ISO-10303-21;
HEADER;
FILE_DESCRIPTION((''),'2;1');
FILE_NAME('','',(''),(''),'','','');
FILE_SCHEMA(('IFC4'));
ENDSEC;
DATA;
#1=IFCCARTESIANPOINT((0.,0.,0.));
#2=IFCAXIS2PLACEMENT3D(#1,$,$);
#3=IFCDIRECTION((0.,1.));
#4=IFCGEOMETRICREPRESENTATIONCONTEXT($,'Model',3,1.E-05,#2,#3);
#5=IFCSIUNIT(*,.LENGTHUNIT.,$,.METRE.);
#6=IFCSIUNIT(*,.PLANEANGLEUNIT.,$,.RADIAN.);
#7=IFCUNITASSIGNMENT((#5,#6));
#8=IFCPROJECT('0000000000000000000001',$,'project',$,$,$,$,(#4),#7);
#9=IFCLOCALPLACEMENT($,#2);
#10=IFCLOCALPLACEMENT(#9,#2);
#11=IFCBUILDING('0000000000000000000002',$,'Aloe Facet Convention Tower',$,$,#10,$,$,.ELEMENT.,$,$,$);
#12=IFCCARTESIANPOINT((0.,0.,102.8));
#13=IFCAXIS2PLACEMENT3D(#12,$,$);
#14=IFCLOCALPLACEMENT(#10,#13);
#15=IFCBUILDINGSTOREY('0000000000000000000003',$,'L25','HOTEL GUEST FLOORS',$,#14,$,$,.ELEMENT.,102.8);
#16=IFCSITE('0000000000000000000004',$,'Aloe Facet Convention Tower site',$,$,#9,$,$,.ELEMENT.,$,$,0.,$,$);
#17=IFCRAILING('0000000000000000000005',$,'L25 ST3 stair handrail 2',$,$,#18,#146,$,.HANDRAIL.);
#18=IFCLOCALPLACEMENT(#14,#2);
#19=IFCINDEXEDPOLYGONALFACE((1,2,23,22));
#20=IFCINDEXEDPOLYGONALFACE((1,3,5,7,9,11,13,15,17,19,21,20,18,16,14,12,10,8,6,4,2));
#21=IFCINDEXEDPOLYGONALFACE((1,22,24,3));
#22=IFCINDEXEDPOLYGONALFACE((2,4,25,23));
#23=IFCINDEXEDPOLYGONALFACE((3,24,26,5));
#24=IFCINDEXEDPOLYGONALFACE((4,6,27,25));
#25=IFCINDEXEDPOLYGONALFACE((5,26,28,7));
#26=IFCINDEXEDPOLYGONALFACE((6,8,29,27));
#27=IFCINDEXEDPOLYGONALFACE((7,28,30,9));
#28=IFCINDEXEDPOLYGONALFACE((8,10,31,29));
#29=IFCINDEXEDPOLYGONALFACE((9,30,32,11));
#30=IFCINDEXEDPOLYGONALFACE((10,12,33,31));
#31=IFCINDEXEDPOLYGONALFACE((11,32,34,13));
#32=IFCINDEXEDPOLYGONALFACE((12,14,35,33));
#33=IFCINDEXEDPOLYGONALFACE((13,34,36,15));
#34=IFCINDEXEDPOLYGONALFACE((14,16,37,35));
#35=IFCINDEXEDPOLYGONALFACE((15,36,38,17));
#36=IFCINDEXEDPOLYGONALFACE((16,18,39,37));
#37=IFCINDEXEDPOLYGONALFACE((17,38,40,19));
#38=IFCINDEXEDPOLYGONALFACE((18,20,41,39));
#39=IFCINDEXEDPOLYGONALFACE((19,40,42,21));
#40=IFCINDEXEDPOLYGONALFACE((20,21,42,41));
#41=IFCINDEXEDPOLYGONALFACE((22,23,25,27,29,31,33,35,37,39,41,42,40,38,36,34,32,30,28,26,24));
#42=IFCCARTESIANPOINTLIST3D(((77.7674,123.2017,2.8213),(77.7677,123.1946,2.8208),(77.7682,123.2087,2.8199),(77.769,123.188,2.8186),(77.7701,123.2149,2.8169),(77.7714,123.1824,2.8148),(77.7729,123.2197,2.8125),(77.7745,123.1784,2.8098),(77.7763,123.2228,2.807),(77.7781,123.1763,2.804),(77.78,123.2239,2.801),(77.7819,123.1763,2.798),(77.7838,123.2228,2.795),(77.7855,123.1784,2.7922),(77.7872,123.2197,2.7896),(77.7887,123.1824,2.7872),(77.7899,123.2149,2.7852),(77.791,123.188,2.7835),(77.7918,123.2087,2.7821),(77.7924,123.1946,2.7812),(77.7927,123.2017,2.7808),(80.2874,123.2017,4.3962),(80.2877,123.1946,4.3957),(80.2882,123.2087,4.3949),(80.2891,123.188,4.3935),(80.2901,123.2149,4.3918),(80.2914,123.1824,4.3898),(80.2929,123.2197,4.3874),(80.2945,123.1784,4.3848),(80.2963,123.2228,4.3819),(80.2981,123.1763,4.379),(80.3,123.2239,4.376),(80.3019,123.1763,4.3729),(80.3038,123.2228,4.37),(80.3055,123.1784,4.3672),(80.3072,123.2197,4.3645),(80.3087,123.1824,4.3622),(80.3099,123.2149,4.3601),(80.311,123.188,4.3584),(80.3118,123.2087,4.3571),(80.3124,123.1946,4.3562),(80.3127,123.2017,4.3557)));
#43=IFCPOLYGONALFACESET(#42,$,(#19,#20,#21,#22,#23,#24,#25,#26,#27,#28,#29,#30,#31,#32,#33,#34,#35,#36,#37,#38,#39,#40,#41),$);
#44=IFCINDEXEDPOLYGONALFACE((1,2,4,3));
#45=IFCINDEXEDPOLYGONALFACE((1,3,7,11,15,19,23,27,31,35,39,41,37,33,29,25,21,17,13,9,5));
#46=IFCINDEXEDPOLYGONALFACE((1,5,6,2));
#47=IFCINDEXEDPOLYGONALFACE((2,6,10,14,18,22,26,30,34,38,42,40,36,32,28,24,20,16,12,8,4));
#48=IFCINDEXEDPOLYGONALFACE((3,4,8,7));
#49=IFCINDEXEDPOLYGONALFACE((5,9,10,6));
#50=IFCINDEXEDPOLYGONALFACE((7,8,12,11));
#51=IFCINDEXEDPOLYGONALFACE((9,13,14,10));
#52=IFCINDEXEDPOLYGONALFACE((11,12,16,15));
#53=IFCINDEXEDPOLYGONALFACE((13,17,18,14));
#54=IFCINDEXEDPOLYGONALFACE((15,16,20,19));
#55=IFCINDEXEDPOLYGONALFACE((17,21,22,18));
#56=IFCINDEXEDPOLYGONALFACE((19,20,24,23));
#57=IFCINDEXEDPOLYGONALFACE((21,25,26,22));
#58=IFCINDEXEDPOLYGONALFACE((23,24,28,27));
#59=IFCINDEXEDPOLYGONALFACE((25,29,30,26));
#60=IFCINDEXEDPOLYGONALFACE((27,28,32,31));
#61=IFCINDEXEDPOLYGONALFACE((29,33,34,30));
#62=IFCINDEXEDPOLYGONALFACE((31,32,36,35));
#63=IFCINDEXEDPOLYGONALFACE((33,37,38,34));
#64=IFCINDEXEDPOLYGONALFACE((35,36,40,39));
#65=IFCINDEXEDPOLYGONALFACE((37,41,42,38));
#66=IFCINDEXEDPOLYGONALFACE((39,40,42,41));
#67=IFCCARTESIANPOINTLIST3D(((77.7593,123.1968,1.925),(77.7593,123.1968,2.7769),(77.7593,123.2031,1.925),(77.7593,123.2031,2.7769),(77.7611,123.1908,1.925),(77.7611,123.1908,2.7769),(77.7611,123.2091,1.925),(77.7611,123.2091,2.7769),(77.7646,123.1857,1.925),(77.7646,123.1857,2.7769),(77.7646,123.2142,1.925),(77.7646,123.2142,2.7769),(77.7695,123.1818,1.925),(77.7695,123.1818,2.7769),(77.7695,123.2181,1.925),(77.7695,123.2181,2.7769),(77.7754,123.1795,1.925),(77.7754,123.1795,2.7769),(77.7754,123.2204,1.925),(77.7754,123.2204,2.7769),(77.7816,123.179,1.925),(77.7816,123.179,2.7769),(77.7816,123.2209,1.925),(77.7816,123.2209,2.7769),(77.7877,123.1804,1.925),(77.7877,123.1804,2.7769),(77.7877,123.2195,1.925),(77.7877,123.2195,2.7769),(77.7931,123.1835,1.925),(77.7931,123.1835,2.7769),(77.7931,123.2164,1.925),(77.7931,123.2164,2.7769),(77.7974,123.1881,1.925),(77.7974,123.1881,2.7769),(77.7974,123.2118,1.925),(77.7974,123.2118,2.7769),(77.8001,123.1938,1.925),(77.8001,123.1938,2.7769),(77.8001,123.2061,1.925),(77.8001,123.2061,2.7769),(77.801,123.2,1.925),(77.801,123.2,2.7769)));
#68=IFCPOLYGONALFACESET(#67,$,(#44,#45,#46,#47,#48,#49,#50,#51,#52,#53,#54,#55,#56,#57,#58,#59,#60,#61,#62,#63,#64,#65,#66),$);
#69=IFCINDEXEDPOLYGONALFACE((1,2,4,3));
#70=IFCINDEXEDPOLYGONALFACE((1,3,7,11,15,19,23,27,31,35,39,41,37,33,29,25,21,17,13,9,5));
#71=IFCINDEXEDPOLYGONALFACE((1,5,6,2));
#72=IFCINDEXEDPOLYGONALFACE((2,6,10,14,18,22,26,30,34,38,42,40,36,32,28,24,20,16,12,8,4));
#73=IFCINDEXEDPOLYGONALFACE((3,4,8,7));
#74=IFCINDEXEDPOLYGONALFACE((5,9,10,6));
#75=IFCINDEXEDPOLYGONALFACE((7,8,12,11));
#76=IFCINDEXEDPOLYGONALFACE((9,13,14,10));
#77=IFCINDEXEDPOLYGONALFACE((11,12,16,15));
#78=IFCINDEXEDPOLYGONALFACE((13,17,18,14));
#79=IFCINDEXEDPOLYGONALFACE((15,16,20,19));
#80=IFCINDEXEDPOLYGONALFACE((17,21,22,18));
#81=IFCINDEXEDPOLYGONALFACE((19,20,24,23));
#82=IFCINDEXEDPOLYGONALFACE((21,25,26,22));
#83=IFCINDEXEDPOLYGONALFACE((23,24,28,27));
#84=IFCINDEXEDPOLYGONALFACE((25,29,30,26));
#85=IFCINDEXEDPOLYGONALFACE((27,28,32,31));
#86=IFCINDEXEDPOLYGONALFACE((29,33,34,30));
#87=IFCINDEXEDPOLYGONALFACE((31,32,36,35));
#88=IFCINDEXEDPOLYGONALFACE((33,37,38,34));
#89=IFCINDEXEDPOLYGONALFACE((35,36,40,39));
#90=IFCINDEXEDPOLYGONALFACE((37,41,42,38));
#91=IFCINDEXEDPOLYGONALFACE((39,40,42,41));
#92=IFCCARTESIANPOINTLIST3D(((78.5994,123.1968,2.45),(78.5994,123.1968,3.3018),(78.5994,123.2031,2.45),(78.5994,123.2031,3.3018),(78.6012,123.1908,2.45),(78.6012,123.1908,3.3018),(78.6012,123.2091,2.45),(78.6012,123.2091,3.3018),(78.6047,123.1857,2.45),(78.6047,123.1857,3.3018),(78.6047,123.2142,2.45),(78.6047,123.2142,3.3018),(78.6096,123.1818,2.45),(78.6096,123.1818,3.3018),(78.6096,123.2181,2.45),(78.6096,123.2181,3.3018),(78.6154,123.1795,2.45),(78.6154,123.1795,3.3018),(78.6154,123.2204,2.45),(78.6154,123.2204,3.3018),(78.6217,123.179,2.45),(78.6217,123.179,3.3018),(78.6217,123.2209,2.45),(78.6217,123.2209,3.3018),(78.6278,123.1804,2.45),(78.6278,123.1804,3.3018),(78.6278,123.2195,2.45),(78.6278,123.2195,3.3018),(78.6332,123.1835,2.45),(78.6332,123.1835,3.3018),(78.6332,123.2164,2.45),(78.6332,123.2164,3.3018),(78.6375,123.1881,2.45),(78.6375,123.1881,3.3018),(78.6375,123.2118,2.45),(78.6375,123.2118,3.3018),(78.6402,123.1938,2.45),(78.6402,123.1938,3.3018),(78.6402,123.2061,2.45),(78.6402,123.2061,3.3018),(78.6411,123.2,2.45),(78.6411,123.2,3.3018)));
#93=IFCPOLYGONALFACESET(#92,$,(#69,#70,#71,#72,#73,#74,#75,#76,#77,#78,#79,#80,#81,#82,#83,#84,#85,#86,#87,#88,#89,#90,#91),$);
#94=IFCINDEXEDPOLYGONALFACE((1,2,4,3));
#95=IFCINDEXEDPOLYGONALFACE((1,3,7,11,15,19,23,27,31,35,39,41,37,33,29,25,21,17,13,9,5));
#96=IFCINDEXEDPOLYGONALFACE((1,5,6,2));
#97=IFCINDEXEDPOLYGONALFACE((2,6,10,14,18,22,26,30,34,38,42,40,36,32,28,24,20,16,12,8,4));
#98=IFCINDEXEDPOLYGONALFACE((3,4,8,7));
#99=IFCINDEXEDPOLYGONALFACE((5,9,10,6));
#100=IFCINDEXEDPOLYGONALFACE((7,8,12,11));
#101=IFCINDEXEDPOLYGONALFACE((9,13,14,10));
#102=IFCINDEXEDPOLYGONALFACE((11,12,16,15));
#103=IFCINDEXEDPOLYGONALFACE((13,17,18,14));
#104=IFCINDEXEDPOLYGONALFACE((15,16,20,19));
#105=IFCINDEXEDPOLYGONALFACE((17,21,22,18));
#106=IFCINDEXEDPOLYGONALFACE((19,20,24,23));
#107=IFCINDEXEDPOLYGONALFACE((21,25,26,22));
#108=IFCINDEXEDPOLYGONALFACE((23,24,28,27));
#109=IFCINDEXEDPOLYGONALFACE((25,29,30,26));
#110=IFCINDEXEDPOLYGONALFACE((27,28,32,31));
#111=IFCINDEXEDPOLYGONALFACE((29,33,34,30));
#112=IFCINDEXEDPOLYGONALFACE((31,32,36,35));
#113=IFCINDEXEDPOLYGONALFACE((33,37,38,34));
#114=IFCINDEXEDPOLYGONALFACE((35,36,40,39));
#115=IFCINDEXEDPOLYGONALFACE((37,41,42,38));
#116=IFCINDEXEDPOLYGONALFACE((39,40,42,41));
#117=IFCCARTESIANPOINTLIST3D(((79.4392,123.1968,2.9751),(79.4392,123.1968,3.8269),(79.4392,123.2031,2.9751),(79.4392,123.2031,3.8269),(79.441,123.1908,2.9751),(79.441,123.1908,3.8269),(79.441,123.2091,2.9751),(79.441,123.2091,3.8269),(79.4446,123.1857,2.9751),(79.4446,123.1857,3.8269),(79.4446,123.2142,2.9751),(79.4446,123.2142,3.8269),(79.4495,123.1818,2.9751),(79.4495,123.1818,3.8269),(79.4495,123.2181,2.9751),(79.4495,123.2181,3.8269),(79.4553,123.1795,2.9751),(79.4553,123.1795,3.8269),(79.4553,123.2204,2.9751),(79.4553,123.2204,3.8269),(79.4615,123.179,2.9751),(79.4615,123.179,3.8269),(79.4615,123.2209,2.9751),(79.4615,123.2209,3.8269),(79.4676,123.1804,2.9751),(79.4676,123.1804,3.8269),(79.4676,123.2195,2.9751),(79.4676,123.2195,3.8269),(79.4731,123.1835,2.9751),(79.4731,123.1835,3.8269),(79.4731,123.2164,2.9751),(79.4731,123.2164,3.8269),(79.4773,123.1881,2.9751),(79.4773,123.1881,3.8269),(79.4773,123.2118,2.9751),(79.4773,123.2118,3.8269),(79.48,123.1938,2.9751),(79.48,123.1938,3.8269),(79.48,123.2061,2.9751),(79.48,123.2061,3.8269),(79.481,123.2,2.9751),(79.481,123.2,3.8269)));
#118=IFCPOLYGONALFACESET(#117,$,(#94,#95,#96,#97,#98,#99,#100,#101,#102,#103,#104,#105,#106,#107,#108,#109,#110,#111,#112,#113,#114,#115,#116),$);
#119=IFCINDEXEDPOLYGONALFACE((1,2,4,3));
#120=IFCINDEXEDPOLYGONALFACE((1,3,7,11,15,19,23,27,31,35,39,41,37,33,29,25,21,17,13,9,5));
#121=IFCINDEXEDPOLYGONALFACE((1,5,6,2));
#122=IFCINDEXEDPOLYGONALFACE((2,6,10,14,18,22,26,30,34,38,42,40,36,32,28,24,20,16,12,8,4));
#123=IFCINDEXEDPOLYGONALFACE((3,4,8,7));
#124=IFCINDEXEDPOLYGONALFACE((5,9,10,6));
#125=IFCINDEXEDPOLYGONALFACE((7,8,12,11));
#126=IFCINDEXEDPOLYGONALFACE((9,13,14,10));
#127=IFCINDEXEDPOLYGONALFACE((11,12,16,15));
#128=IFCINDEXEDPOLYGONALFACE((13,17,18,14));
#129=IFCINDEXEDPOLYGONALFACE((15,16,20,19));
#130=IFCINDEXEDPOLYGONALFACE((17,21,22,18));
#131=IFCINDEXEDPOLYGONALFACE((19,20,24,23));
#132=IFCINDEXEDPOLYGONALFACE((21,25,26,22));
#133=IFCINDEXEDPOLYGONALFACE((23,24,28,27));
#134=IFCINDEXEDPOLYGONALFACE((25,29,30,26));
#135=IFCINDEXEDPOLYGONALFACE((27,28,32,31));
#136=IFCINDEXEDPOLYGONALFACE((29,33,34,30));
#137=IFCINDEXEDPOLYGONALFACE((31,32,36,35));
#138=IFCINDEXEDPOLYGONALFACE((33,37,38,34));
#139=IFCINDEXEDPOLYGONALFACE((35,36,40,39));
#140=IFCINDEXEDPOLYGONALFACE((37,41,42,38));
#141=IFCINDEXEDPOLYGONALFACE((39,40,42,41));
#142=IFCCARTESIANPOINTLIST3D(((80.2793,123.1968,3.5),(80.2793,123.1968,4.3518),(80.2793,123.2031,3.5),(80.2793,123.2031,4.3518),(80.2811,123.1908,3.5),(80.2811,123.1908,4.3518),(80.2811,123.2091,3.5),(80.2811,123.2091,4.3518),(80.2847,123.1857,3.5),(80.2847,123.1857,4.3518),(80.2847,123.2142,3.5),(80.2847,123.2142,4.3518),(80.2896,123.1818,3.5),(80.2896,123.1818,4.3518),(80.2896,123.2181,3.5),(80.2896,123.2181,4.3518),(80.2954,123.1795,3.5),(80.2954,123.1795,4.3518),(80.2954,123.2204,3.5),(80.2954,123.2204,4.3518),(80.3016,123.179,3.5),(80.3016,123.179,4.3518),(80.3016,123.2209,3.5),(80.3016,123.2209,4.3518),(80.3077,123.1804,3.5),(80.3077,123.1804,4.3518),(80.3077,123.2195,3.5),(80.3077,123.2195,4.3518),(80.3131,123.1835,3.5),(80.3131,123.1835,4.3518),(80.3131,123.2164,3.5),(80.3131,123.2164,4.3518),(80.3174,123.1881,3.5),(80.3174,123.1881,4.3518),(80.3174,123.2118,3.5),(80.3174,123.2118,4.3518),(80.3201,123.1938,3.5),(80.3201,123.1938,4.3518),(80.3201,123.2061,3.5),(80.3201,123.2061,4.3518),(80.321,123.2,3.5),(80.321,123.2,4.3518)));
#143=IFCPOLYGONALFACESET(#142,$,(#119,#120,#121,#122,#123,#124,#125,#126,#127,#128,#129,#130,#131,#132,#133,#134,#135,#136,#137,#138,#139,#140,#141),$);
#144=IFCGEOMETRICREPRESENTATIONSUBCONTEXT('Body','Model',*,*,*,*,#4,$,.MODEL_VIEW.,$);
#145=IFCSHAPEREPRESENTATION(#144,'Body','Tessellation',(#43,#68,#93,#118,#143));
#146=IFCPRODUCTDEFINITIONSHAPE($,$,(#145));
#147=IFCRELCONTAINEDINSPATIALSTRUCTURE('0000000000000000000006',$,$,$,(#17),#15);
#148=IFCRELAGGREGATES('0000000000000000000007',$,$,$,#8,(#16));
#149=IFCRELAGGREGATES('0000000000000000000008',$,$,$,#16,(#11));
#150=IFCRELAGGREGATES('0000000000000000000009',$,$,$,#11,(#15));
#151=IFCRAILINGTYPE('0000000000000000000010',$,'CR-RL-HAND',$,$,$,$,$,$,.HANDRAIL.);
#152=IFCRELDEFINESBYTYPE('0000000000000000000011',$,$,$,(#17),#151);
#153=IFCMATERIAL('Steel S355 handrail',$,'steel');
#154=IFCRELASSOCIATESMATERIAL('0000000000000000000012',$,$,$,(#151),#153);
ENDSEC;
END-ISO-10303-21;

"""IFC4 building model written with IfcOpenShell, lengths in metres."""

from ifc_helpers import new_model, si_unit, direction, frame, origin, origin_2d, place, context, subcontext, project, spatial, circle, extrude, material, type_object, element, save


model = new_model("IFC4")

# Units and contexts
model_context = context("Model", 3, precision=1e-05, world=origin(), true_north=direction((0.0, 1.0)))
body_context = subcontext(model_context, "Body", "Model", "MODEL_VIEW")
ifc_project = project(units=[si_unit("LENGTHUNIT", "METRE"), si_unit("PLANEANGLEUNIT", "RADIAN")], contexts=[model_context])

# Site, building, storey
site_placement = place(None, origin())
site = spatial("IfcSite", under=ifc_project, at=site_placement, Name="Aloe Facet Convention Tower site", CompositionType="ELEMENT", RefElevation=0.0)
building_placement = place(site_placement, origin())
building = spatial("IfcBuilding", under=site, at=building_placement, Name="Aloe Facet Convention Tower", CompositionType="ELEMENT")
storey_placement = place(building_placement, frame((0.0, 0.0, 102.8)))
storey = spatial("IfcBuildingStorey", under=building, at=storey_placement, Name="L25", Description="HOTEL GUEST FLOORS", CompositionType="ELEMENT", Elevation=102.8)

# Railing
ifc_material_1 = material(Name="Steel S355 handrail", Category="steel")
railing_type_1 = type_object("IfcRailingType", Name="CR-RL-HAND", PredefinedType="HANDRAIL", material=ifc_material_1)
railing_1_placement = place(storey_placement, frame((77.78, 123.2, 1.925)))
element("IfcRailing", 1, at=railing_1_placement, inside=storey, type_object=railing_type_1, Name="L25 ST3 stair handrail 2", PredefinedType="HANDRAIL", context=body_context, shape_type="SweptSolid", body=[
    extrude(circle(Radius=0.0239, at=origin_2d()), frame((0.0, 0.0, 0.876), z_axis=(0.848008, 0.0, 0.529984), x_axis=(0.0, 1.0, 0.0)), (0.0, 0.0, 1.0), 2.9717),
    extrude(circle(Radius=0.021, at=origin_2d()), origin(), (0.0, 0.0, 1.0), 0.8518),
    extrude(circle(Radius=0.021, at=origin_2d()), frame((0.8401, 0.0, 0.5249)), (0.0, 0.0, 1.0), 0.8518),
    extrude(circle(Radius=0.021, at=origin_2d()), frame((1.6799, 0.0, 1.05)), (0.0, 0.0, 1.0), 0.8518),
    extrude(circle(Radius=0.021, at=origin_2d()), frame((2.52, 0.0, 1.575)), (0.0, 0.0, 1.0), 0.8518),
])

save(model, "model.ifc")
